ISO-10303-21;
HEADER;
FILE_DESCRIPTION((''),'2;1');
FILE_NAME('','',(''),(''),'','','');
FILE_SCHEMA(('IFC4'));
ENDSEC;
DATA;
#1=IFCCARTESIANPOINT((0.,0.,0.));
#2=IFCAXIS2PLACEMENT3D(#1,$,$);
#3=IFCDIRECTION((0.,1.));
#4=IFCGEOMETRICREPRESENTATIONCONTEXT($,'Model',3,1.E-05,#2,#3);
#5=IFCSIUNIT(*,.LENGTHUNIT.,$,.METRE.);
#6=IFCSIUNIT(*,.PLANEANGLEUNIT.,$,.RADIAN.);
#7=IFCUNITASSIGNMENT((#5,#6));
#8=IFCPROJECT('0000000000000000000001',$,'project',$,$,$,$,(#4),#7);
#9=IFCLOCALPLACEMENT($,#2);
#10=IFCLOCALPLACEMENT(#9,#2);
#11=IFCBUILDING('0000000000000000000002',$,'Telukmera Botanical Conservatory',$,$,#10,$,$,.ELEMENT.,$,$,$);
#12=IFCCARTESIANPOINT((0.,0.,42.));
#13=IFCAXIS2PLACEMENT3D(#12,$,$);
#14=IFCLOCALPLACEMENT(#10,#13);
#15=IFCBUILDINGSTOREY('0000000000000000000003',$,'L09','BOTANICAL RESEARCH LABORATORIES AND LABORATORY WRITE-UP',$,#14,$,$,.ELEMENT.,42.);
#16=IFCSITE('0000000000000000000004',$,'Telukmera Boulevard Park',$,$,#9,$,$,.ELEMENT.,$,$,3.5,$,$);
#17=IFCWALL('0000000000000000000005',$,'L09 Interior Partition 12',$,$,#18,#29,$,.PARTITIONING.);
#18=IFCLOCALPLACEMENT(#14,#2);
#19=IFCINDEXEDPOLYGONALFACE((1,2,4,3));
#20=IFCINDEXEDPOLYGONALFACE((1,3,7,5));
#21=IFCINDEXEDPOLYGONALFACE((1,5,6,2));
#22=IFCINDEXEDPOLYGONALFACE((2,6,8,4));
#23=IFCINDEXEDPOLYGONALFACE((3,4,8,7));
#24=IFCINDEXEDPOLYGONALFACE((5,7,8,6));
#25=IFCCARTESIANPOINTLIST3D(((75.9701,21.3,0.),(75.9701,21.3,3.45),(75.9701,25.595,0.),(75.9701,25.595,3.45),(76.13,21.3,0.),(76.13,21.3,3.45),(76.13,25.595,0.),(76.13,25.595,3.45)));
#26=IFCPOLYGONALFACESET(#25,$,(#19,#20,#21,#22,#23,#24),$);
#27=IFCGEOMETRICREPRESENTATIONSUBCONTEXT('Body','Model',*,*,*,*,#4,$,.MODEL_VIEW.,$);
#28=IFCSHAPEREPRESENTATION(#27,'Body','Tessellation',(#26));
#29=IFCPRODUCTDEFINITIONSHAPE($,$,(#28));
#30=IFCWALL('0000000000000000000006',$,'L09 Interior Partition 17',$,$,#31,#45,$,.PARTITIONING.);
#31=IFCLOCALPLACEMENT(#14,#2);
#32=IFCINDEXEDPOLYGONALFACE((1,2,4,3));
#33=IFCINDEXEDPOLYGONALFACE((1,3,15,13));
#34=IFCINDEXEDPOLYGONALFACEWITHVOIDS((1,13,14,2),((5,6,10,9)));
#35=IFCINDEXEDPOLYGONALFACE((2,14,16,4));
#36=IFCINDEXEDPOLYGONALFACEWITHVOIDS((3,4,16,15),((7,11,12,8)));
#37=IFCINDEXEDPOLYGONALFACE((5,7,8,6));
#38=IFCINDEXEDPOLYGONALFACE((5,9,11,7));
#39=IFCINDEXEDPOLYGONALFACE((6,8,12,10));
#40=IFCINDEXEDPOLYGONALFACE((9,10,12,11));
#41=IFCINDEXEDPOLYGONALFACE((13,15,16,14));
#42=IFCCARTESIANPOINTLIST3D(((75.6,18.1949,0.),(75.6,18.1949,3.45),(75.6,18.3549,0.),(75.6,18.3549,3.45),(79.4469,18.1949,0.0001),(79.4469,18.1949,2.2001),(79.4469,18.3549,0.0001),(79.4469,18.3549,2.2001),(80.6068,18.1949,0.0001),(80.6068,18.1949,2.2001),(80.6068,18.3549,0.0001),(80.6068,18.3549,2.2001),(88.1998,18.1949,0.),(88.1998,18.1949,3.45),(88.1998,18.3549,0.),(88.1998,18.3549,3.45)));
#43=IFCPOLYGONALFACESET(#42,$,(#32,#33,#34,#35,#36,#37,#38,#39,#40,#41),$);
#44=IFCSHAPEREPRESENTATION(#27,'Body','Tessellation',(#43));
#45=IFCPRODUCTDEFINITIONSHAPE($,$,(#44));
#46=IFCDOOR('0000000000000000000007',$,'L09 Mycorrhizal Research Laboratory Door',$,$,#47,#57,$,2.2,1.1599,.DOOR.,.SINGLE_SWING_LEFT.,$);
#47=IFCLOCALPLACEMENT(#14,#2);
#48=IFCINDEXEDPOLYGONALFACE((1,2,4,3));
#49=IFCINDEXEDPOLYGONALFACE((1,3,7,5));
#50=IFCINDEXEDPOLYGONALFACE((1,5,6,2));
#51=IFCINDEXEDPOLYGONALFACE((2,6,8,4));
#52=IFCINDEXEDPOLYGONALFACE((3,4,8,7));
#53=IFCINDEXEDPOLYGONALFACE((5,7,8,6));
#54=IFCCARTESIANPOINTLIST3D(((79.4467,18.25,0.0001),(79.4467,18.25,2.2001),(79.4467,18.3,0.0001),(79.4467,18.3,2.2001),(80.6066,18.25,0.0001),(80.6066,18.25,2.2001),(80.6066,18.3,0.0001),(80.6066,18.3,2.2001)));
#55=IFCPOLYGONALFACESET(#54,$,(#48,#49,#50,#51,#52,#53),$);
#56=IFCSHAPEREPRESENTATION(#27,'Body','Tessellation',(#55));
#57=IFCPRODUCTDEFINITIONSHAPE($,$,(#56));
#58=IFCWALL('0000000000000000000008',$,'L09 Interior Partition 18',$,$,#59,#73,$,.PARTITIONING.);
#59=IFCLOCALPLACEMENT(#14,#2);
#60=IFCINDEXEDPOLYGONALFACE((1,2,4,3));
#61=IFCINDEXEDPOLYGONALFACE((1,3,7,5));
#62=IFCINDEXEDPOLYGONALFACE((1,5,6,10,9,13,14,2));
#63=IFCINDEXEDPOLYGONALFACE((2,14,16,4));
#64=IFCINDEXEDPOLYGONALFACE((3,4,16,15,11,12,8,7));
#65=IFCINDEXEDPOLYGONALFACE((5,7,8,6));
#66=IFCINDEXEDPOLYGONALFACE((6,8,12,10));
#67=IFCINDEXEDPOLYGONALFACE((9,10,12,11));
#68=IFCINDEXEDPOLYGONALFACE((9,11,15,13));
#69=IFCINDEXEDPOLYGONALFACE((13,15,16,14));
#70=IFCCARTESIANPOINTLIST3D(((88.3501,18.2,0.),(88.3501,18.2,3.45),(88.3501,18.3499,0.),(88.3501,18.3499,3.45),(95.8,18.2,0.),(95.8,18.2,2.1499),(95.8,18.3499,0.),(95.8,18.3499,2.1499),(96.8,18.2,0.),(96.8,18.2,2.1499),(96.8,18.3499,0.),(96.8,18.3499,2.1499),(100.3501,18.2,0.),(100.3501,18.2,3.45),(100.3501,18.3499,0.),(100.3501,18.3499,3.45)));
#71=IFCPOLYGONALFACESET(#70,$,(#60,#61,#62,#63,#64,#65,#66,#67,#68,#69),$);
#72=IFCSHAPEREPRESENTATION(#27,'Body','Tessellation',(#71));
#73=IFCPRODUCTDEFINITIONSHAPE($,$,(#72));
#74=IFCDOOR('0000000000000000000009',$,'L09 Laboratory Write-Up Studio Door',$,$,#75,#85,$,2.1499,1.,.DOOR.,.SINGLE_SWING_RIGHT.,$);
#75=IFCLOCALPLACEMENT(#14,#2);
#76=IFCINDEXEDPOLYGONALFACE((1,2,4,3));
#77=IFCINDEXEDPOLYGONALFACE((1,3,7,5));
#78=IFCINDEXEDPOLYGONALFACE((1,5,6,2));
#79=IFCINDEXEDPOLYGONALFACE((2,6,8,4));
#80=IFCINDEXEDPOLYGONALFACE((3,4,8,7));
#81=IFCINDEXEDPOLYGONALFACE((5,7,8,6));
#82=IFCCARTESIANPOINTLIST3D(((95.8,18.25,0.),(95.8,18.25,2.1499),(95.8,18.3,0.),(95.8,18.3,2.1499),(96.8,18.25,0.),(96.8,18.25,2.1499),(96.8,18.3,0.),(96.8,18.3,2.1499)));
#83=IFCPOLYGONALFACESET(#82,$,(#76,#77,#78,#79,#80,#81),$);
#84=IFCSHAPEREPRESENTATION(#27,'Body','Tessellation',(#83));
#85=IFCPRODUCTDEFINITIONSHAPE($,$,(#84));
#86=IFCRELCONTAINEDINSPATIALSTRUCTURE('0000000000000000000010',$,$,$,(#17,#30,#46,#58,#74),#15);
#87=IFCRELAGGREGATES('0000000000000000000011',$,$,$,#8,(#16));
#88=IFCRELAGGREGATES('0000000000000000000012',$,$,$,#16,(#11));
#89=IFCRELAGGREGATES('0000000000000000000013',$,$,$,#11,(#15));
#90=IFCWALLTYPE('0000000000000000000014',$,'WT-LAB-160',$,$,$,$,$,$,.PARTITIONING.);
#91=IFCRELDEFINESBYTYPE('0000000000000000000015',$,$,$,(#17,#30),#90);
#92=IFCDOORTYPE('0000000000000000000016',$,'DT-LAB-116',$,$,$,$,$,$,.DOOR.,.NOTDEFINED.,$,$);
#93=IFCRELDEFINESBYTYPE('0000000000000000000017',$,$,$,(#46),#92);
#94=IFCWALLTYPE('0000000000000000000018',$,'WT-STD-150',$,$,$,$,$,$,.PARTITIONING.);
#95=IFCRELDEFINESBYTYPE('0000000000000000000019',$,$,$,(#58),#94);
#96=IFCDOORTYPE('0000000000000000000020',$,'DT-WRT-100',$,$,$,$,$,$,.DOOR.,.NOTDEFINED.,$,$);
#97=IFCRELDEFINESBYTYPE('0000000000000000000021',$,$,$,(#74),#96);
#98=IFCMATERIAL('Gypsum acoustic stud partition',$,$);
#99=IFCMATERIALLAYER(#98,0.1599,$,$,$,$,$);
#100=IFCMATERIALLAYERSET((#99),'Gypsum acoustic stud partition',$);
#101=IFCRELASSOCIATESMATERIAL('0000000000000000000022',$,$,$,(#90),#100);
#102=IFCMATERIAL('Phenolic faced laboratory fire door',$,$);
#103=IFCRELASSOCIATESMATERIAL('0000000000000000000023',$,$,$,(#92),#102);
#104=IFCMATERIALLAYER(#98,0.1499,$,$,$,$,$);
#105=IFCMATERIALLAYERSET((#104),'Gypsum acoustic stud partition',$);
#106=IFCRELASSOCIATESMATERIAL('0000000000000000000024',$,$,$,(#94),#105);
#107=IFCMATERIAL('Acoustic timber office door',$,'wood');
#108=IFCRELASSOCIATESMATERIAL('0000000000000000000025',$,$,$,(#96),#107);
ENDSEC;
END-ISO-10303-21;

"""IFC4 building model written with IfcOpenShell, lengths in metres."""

from ifc_helpers import new_model, si_unit, direction, frame, frame_2d, origin, place, context, subcontext, project, spatial, rectangle, extrude, material, layer, layer_set, type_object, element, fill, save


model = new_model("IFC4")

# Units and contexts
model_context = context("Model", 3, precision=1e-05, world=origin(), true_north=direction((0.0, 1.0)))
body_context = subcontext(model_context, "Body", "Model", "MODEL_VIEW")
ifc_project = project(units=[si_unit("LENGTHUNIT", "METRE"), si_unit("PLANEANGLEUNIT", "RADIAN")], contexts=[model_context])

# Site, building, storey
site_placement = place(None, origin())
site = spatial("IfcSite", under=ifc_project, at=site_placement, Name="Telukmera Boulevard Park", CompositionType="ELEMENT", RefElevation=3.5)
building_placement = place(site_placement, origin())
building = spatial("IfcBuilding", under=site, at=building_placement, Name="Telukmera Botanical Conservatory", CompositionType="ELEMENT")
storey_placement = place(building_placement, frame((0.0, 0.0, 42.0)))
storey = spatial("IfcBuildingStorey", under=building, at=storey_placement, Name="L09", Description="BOTANICAL RESEARCH LABORATORIES AND LABORATORY WRITE-UP", CompositionType="ELEMENT", Elevation=42.0)

# Wall
ifc_material_1 = material(Name="Gypsum acoustic stud partition")
ifc_layer_1 = layer(ifc_material_1, 0.1599)
ifc_layer_set_1 = layer_set([ifc_layer_1], Name="Gypsum acoustic stud partition")
wall_type_1 = type_object("IfcWallType", Name="WT-LAB-160", PredefinedType="PARTITIONING", material=ifc_layer_set_1)
wall_1_placement = place(storey_placement, frame((76.05, 21.3, 0.0), z_axis=(0.0, 0.0, 1.0), x_axis=(0.0, 1.0, 0.0)))
element("IfcWall", 1, at=wall_1_placement, inside=storey, type_object=wall_type_1, Name="L09 Interior Partition 12", PredefinedType="PARTITIONING", context=body_context, shape_type="SweptSolid", body=[
    extrude(rectangle(XDim=4.2949, YDim=0.1599, at=frame_2d((2.1475, 0.0))), origin(), (0.0, 0.0, 1.0), 3.45),
])

# Walls, openings, doors
wall_2_placement = place(storey_placement, frame((75.6001, 18.2749, 0.0), z_axis=(0.0, 0.0, 1.0), x_axis=(1.0, 0.0, 0.0)))
wall_2 = element("IfcWall", 2, at=wall_2_placement, inside=storey, type_object=wall_type_1, Name="L09 Interior Partition 17", PredefinedType="PARTITIONING", context=body_context, shape_type="SweptSolid", body=[
    extrude(rectangle(XDim=12.5999, YDim=0.1599, at=frame_2d((6.2998, 0.0))), origin(), (0.0, 0.0, 1.0), 3.45),
])
opening_1_placement = place(wall_2_placement, frame((3.8467, 0.0, 0.0)))
opening_1 = element("IfcOpeningElement", 3, at=opening_1_placement, cuts=wall_2, PredefinedType="OPENING", context=body_context, shape_type="SweptSolid", body=[
    extrude(rectangle(XDim=1.1599, YDim=2.2, at=frame_2d((0.5801, 1.1001))), frame((0.0, 0.0898, 0.0), z_axis=(0.0, -1.0, 0.0), x_axis=(1.0, 0.0, 0.0)), (0.0, 0.0, 1.0), 0.1799),
])
ifc_material_2 = material(Name="Phenolic faced laboratory fire door")
door_type_1 = type_object("IfcDoorType", Name="DT-LAB-116", OperationType="NOTDEFINED", PredefinedType="DOOR", material=ifc_material_2)
door_1_placement = place(opening_1_placement, frame((1.1599, 0.0, 0.0), z_axis=(0.0, 0.0, 1.0), x_axis=(-1.0, 0.0, 0.0)))
door_1 = element("IfcDoor", 4, at=door_1_placement, inside=storey, type_object=door_type_1, Name="L09 Mycorrhizal Research Laboratory Door", OperationType="SINGLE_SWING_LEFT", OverallHeight=2.2, OverallWidth=1.1599, PredefinedType="DOOR", context=body_context, shape_type="SweptSolid", body=[
    extrude(rectangle(XDim=1.1599, YDim=2.2, at=frame_2d((0.5801, 1.1001))), frame((0.0, 0.0249, 0.0), z_axis=(0.0, -1.0, 0.0), x_axis=(1.0, 0.0, 0.0)), (0.0, 0.0, 1.0), 0.05),
])
fill(opening_1, door_1)
ifc_layer_2 = layer(ifc_material_1, 0.1499)
ifc_layer_set_2 = layer_set([ifc_layer_2], Name="Gypsum acoustic stud partition")
wall_type_2 = type_object("IfcWallType", Name="WT-STD-150", PredefinedType="PARTITIONING", material=ifc_layer_set_2)
wall_3_placement = place(storey_placement, frame((88.3501, 18.2749, 0.0), z_axis=(0.0, 0.0, 1.0), x_axis=(1.0, 0.0, 0.0)))
wall_3 = element("IfcWall", 5, at=wall_3_placement, inside=storey, type_object=wall_type_2, Name="L09 Interior Partition 18", PredefinedType="PARTITIONING", context=body_context, shape_type="SweptSolid", body=[
    extrude(rectangle(XDim=12.0, YDim=0.1499, at=frame_2d((6.0, 0.0))), origin(), (0.0, 0.0, 1.0), 3.45),
])
opening_2_placement = place(wall_3_placement, frame((7.45, 0.0, 0.0)))
opening_2 = element("IfcOpeningElement", 6, at=opening_2_placement, cuts=wall_3, PredefinedType="OPENING", context=body_context, shape_type="SweptSolid", body=[
    extrude(rectangle(XDim=1.0, YDim=2.1499, at=frame_2d((0.5, 1.075))), frame((0.0, 0.085, 0.0), z_axis=(0.0, -1.0, 0.0), x_axis=(1.0, 0.0, 0.0)), (0.0, 0.0, 1.0), 0.1699),
])
ifc_material_3 = material(Name="Acoustic timber office door", Category="wood")
door_type_2 = type_object("IfcDoorType", Name="DT-WRT-100", OperationType="NOTDEFINED", PredefinedType="DOOR", material=ifc_material_3)
door_2_placement = place(opening_2_placement, frame((1.0, 0.0, 0.0), z_axis=(0.0, 0.0, 1.0), x_axis=(-1.0, 0.0, 0.0)))
door_2 = element("IfcDoor", 7, at=door_2_placement, inside=storey, type_object=door_type_2, Name="L09 Laboratory Write-Up Studio Door", OperationType="SINGLE_SWING_RIGHT", OverallHeight=2.1499, OverallWidth=1.0, PredefinedType="DOOR", context=body_context, shape_type="SweptSolid", body=[
    extrude(rectangle(XDim=1.0, YDim=2.1499, at=frame_2d((0.5, 1.075))), frame((0.0, 0.0249, 0.0), z_axis=(0.0, -1.0, 0.0), x_axis=(1.0, 0.0, 0.0)), (0.0, 0.0, 1.0), 0.05),
])
fill(opening_2, door_2)

save(model, "model.ifc")
